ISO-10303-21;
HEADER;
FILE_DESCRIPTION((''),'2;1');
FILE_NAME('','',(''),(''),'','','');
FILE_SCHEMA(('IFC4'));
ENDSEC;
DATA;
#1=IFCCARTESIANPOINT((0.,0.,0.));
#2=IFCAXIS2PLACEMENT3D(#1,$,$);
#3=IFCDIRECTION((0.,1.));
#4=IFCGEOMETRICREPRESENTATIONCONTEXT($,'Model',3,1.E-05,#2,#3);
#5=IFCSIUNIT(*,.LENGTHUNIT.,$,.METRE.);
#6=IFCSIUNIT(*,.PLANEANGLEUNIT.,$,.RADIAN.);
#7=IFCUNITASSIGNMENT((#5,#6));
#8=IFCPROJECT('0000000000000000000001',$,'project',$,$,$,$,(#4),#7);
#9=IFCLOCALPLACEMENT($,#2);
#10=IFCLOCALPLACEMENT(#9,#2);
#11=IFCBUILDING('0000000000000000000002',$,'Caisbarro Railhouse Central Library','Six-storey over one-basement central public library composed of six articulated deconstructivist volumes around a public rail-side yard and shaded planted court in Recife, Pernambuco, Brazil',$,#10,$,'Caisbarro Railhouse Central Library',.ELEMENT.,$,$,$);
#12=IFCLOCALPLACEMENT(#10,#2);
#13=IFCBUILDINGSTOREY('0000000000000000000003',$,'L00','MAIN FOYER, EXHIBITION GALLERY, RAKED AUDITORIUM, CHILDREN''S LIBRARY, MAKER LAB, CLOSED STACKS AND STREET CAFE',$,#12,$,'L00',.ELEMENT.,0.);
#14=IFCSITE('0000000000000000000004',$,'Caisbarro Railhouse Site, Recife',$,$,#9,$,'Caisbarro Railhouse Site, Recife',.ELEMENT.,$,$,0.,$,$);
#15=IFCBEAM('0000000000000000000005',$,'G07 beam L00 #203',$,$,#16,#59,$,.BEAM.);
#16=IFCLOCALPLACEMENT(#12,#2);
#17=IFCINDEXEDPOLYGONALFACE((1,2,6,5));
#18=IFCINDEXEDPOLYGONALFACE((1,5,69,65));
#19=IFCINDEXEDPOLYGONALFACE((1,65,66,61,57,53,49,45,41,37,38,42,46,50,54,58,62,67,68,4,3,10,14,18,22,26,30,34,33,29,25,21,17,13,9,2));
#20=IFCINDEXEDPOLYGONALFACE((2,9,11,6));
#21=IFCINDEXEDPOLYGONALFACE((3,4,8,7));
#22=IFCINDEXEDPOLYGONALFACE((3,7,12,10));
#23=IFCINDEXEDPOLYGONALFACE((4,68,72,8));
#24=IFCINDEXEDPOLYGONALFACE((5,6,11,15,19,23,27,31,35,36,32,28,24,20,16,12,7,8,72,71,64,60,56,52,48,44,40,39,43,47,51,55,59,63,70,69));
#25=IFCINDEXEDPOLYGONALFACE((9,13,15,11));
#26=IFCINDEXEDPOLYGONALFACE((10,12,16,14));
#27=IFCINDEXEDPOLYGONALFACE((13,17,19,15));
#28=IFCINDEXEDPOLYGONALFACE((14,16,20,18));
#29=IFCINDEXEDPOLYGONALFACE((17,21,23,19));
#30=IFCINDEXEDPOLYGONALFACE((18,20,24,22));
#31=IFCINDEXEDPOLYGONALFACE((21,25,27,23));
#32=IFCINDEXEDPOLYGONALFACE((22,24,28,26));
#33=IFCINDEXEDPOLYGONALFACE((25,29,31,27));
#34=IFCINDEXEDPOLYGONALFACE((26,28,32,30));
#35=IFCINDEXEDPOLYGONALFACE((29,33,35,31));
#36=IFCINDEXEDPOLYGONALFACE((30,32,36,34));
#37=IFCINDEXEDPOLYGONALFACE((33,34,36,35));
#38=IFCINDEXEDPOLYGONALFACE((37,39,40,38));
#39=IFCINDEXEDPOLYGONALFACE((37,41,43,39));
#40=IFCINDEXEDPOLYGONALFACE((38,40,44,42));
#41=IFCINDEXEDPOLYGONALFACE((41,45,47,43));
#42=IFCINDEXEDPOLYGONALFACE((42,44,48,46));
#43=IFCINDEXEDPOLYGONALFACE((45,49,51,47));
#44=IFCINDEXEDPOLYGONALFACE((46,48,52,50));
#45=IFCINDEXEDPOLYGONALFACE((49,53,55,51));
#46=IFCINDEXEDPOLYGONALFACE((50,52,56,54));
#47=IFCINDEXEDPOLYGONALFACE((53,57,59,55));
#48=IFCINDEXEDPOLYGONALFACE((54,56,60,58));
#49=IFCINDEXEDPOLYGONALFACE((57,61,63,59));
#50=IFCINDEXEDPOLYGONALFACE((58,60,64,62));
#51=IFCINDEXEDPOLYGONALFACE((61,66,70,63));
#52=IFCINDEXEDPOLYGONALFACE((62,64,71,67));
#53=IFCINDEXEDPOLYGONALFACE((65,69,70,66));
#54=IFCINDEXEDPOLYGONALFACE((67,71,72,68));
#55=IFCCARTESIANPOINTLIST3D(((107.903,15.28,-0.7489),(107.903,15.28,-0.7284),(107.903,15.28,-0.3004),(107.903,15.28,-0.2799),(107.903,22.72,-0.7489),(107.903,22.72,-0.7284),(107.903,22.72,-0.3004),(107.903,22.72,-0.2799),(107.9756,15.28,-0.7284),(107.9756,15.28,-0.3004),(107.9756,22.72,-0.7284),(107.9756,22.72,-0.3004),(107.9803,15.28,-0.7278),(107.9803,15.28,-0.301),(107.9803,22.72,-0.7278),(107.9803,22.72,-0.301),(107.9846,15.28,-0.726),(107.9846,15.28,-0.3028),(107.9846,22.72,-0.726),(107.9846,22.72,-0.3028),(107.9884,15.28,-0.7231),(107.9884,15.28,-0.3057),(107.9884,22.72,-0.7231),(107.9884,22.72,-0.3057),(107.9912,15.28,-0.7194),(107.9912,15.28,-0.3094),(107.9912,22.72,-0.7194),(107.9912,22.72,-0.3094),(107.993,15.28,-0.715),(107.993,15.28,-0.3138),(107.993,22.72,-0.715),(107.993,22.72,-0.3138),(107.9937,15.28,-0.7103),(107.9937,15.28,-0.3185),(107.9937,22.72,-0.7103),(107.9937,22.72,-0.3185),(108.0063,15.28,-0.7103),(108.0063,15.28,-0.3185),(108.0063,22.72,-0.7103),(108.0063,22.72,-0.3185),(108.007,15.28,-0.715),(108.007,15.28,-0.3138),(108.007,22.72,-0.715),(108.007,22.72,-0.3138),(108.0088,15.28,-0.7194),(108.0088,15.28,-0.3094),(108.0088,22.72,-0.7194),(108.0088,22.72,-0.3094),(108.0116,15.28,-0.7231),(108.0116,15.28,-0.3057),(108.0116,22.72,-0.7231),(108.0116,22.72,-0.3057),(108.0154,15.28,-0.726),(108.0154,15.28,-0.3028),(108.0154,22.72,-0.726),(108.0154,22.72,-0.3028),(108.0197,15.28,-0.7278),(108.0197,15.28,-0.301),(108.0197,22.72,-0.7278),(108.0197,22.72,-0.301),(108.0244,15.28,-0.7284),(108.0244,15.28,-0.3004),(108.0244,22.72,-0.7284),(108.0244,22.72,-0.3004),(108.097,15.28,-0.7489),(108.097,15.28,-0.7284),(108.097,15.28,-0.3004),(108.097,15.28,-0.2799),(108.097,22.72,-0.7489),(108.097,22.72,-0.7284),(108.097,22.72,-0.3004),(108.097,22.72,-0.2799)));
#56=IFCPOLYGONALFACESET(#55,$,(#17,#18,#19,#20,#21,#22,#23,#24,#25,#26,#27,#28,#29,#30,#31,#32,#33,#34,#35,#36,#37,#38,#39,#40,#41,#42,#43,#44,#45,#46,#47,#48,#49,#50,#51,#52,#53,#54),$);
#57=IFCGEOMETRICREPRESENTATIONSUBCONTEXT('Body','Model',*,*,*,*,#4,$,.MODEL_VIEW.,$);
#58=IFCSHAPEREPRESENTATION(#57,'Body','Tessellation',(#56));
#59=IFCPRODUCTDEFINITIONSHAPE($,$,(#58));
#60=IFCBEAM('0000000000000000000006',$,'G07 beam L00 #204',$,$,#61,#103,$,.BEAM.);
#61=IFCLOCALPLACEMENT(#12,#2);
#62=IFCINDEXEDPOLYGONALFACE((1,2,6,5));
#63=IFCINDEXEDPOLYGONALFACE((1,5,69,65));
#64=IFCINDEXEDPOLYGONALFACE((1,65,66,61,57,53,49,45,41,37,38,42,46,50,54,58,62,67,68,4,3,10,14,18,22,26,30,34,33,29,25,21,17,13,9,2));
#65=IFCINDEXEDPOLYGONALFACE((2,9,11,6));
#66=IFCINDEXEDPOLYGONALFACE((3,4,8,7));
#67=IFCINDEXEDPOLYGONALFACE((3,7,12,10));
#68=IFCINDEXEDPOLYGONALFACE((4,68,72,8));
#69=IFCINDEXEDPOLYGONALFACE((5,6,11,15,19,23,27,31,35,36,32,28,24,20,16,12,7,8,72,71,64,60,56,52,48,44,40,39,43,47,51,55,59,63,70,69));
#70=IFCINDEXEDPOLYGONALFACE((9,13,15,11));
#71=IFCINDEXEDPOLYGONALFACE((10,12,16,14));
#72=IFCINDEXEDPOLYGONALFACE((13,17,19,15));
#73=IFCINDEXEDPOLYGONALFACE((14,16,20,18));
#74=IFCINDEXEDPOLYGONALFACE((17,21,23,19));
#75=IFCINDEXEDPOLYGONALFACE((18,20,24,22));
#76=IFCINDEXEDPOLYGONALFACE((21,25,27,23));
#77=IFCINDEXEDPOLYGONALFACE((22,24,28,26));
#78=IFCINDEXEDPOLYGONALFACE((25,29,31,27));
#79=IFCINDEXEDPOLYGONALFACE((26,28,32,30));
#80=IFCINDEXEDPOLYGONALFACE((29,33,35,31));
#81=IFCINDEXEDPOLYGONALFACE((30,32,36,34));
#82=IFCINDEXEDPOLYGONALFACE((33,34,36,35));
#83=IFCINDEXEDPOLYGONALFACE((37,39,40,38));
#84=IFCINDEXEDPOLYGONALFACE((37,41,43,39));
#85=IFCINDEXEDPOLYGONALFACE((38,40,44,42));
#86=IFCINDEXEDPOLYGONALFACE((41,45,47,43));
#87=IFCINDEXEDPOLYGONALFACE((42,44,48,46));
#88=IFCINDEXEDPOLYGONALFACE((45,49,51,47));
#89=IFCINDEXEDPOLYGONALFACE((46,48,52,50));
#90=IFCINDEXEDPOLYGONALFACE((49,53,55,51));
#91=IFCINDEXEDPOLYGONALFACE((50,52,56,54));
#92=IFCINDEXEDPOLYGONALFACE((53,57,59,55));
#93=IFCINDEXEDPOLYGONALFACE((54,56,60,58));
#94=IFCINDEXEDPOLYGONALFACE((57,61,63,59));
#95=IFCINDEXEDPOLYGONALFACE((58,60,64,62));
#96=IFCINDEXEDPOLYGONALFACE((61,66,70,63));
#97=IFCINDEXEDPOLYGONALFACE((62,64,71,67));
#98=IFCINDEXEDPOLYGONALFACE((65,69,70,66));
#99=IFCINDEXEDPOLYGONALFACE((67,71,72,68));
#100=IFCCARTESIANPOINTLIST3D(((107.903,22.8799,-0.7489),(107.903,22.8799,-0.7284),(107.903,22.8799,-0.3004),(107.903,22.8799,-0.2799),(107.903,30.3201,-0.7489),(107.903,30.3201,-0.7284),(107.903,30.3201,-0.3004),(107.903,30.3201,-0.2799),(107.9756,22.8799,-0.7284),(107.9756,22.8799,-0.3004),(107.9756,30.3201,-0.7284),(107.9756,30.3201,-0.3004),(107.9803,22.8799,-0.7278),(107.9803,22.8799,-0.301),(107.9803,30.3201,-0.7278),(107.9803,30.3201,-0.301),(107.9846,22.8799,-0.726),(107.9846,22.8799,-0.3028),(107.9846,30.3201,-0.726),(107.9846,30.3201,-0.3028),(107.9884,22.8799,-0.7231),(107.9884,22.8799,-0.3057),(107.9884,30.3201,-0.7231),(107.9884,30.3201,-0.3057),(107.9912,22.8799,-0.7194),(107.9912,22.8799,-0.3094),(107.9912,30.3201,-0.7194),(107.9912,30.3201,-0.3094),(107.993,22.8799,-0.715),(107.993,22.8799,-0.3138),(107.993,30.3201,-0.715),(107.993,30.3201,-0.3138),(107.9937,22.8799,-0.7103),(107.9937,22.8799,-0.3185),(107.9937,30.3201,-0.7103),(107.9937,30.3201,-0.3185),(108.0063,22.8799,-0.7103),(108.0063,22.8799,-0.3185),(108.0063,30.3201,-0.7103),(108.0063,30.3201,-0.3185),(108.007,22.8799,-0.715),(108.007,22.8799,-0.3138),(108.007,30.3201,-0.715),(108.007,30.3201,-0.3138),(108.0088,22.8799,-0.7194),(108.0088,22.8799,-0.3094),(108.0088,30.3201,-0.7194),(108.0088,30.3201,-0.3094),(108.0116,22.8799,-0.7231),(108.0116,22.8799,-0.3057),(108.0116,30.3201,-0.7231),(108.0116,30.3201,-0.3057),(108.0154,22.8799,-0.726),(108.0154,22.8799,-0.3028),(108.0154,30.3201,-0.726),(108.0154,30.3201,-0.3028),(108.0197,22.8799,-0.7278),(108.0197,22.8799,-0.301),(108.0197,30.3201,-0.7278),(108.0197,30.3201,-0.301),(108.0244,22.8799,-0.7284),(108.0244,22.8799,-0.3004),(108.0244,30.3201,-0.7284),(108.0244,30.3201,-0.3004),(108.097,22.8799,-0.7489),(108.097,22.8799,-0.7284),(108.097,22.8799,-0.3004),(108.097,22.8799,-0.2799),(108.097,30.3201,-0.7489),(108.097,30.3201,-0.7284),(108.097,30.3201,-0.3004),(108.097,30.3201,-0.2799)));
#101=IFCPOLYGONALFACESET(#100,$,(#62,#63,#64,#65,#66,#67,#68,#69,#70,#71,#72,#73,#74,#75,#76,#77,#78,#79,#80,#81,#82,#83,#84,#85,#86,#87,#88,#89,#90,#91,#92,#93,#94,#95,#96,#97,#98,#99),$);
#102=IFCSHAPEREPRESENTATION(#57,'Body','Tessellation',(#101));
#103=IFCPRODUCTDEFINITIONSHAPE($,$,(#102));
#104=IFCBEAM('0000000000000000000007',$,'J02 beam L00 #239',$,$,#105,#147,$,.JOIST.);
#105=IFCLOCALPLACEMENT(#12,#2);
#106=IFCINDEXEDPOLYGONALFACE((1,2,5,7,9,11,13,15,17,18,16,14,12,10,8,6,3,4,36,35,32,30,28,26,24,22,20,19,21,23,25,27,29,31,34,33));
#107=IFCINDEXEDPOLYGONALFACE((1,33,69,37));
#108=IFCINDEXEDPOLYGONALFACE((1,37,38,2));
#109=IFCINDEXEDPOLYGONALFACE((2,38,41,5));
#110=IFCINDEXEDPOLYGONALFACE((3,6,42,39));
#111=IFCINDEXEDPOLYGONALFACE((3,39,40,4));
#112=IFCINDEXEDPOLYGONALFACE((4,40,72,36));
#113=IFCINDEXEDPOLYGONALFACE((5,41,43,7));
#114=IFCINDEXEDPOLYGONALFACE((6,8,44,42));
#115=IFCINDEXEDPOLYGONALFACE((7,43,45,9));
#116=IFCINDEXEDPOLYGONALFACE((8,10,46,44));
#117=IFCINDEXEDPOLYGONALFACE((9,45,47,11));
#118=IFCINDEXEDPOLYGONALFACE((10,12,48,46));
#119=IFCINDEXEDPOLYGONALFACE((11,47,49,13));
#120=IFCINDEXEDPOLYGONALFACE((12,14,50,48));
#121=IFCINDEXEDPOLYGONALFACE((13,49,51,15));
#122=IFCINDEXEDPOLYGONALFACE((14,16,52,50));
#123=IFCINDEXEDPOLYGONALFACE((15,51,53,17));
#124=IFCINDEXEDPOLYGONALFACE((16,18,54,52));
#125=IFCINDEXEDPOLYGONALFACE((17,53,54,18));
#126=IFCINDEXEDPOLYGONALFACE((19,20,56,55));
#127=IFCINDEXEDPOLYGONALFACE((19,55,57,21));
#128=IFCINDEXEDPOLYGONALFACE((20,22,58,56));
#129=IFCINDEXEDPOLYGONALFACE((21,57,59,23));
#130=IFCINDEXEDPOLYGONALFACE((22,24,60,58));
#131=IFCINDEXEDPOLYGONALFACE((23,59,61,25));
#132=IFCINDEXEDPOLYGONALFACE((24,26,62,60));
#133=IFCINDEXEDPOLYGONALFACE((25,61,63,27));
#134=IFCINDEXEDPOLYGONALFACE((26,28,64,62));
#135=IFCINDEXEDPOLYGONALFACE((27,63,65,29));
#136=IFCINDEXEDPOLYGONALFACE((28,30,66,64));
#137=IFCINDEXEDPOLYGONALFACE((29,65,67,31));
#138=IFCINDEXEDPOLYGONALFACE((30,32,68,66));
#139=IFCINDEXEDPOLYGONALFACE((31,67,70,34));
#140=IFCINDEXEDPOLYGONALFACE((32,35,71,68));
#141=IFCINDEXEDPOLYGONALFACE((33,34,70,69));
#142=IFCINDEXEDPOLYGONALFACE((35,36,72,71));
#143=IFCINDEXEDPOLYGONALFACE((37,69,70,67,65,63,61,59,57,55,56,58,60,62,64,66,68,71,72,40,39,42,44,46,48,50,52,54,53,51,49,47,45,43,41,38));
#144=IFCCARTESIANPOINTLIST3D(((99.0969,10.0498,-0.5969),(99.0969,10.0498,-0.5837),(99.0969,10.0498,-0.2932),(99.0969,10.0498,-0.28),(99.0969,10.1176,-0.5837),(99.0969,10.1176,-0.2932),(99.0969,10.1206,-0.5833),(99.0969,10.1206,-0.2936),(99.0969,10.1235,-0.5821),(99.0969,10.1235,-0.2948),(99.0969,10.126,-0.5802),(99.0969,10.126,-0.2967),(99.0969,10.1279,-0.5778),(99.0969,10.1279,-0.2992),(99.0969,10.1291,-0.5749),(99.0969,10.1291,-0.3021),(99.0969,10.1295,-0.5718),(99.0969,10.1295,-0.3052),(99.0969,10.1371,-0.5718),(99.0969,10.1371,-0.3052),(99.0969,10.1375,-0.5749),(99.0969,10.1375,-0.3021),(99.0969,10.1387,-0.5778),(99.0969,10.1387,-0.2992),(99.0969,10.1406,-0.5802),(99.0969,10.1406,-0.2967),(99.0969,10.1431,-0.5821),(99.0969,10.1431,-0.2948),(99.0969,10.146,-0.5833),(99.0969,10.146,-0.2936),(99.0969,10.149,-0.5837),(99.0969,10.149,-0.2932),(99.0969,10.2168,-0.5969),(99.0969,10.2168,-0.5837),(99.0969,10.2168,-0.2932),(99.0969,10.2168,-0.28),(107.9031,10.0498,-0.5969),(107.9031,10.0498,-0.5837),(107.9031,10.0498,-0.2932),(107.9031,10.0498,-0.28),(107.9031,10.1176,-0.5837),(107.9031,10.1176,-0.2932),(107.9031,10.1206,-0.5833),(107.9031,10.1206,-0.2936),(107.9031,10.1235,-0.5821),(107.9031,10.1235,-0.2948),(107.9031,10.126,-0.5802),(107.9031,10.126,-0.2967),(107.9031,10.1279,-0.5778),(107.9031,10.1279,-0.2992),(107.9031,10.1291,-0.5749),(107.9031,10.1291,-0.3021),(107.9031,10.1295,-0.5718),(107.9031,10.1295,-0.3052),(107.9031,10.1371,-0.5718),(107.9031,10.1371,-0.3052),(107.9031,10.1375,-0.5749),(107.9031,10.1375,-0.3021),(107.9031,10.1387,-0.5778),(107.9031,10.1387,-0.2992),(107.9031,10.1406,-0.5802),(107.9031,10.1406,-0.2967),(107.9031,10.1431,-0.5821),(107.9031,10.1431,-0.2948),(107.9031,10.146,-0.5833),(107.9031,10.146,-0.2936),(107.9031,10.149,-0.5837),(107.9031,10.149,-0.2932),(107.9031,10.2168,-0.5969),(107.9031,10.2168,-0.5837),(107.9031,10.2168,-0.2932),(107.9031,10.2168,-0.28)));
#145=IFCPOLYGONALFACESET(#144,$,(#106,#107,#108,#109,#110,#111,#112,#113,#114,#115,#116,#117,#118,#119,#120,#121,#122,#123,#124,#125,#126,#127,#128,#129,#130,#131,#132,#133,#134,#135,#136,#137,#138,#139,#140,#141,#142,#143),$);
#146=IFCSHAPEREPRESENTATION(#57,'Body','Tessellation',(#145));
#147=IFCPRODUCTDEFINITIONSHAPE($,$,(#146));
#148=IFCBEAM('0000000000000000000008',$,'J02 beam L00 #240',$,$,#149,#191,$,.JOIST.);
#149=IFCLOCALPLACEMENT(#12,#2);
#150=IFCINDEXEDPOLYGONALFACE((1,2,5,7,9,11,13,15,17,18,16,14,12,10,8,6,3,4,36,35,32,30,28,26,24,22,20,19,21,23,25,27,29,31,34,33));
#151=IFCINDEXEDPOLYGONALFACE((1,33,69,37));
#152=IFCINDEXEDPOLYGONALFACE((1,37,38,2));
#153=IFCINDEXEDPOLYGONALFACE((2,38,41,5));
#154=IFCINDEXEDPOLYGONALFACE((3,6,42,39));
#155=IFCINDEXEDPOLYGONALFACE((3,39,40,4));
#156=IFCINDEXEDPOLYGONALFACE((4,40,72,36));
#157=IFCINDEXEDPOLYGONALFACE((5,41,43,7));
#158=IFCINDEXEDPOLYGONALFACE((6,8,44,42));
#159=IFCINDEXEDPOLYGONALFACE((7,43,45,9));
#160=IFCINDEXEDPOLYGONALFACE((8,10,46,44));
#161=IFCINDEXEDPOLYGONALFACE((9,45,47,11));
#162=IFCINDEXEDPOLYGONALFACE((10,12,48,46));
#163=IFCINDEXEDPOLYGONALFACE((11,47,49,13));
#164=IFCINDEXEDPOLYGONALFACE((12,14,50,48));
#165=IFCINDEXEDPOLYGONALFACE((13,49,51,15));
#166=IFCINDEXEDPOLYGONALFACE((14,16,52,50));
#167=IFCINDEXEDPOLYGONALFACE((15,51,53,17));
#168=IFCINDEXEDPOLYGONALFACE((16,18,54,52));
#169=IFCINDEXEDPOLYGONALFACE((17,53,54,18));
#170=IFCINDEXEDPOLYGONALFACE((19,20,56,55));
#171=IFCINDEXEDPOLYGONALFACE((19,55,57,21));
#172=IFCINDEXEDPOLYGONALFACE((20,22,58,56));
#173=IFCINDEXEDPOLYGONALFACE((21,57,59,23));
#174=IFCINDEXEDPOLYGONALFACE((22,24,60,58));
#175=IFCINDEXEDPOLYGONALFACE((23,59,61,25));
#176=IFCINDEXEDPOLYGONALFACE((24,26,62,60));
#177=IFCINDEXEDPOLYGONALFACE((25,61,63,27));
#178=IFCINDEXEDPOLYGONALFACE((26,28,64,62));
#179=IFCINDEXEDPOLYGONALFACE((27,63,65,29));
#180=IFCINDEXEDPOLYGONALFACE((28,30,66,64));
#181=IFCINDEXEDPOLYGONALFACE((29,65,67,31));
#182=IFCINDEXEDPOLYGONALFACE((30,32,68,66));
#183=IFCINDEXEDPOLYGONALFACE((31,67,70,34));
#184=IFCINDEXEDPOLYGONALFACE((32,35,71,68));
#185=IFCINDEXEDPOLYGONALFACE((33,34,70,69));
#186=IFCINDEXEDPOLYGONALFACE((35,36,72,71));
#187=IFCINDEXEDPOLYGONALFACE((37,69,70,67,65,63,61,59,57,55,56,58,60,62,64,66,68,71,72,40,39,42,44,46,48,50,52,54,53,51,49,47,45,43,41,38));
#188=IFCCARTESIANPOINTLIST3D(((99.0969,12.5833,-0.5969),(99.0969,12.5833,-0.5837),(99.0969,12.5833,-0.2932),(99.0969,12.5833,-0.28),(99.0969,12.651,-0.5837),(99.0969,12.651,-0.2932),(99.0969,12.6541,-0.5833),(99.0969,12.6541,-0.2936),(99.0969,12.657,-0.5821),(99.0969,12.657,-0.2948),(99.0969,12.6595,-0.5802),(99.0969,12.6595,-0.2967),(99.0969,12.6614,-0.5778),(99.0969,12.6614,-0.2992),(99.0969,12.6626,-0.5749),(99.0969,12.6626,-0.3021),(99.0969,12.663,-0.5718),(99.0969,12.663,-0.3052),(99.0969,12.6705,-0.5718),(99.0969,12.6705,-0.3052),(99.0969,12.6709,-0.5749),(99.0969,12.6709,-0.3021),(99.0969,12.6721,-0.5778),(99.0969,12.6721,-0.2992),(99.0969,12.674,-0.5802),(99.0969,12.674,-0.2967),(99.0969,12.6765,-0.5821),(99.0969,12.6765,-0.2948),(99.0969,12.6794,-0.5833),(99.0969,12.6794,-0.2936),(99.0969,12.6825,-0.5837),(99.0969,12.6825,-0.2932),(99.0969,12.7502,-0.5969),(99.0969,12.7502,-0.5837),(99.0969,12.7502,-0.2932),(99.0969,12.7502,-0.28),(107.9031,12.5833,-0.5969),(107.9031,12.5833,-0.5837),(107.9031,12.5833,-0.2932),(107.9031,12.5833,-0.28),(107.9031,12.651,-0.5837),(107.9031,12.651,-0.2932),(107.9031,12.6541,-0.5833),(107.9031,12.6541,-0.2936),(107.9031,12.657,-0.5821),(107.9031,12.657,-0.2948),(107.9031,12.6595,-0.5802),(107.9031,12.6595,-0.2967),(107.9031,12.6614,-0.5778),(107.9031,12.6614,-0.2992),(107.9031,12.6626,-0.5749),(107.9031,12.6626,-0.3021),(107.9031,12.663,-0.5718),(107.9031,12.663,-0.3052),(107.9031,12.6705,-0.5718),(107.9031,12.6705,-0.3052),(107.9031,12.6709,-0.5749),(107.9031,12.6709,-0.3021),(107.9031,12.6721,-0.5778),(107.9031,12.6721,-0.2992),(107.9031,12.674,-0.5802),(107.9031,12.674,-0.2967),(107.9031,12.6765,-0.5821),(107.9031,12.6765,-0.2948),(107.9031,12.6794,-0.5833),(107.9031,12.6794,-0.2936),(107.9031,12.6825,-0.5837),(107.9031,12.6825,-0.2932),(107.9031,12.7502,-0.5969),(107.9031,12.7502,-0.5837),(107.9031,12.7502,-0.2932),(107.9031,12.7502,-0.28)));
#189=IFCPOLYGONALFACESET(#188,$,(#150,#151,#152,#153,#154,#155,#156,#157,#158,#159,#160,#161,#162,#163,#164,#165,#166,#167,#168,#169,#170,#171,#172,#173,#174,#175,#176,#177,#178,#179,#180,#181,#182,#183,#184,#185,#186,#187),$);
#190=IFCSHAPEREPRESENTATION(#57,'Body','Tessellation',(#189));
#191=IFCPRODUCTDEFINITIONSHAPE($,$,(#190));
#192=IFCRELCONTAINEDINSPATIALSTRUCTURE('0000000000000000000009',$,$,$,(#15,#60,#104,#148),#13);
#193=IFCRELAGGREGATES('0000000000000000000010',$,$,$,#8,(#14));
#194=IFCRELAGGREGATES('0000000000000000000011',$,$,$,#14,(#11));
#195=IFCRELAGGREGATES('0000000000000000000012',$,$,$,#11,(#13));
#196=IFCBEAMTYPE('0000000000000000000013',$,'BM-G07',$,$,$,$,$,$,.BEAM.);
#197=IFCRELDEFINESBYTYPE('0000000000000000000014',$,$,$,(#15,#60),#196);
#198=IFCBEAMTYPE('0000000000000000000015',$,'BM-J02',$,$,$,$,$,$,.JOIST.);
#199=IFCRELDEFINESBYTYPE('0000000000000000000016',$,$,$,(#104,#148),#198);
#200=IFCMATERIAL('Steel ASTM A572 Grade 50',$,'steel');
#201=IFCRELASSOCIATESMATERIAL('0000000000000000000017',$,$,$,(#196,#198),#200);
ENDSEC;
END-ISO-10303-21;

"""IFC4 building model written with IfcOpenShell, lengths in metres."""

from ifc_helpers import new_model, si_unit, direction, frame, origin, origin_2d, place, context, subcontext, project, spatial, i_section, extrude, material, material_profile, profile_set, type_object, element, save


model = new_model("IFC4")

# Units and contexts
model_context = context("Model", 3, precision=1e-05, world=origin(), true_north=direction((0.0, 1.0)))
body_context = subcontext(model_context, "Body", "Model", "MODEL_VIEW")
ifc_project = project(units=[si_unit("LENGTHUNIT", "METRE"), si_unit("PLANEANGLEUNIT", "RADIAN")], contexts=[model_context])

# Site, building, storey
site_placement = place(None, origin())
site = spatial("IfcSite", under=ifc_project, at=site_placement, Name="Caisbarro Railhouse Site, Recife", LongName="Caisbarro Railhouse Site, Recife", CompositionType="ELEMENT", RefElevation=0.0)
building_placement = place(site_placement, origin())
building = spatial("IfcBuilding", under=site, at=building_placement, Name="Caisbarro Railhouse Central Library", Description="Six-storey over one-basement central public library composed of six articulated deconstructivist volumes around a public rail-side yard and shaded planted court in Recife, Pernambuco, Brazil", LongName="Caisbarro Railhouse Central Library", CompositionType="ELEMENT")
storey_placement = place(building_placement, origin())
storey = spatial("IfcBuildingStorey", under=building, at=storey_placement, Name="L00", Description="MAIN FOYER, EXHIBITION GALLERY, RAKED AUDITORIUM, CHILDREN'S LIBRARY, MAKER LAB, CLOSED STACKS AND STREET CAFE", LongName="L00", CompositionType="ELEMENT", Elevation=0.0)

# Shared definitions
ifc_material_1 = material(Name="Steel ASTM A572 Grade 50", Category="steel")

# Beams
ifc_material_profile_1 = material_profile(ifc_material_1, i_section(OverallWidth=0.1941, OverallDepth=0.469, WebThickness=0.0127, FlangeThickness=0.0205, FilletRadius=0.0181, at=origin_2d()), Name="W460X106.0")
ifc_profile_set_1 = profile_set([ifc_material_profile_1], Name="Steel ASTM A572 Grade 50")
beam_type_1 = type_object("IfcBeamType", Name="BM-G07", PredefinedType="BEAM", material=ifc_profile_set_1)
beam_1_placement = place(storey_placement, frame((108.0, 15.28, -0.5144), z_axis=(0.0, 1.0, 0.0), x_axis=(-1.0, 0.0, 0.0)))
element("IfcBeam", 1, at=beam_1_placement, inside=storey, type_object=beam_type_1, Name="G07 beam L00 #203", PredefinedType="BEAM", context=body_context, shape_type="SweptSolid", body=[
    extrude(i_section(OverallWidth=0.1941, OverallDepth=0.469, WebThickness=0.0127, FlangeThickness=0.0205, FilletRadius=0.0181, at=origin_2d()), origin(), (0.0, 0.0, 1.0), 7.4399),
])
beam_2_placement = place(storey_placement, frame((108.0, 22.8799, -0.5144), z_axis=(0.0, 1.0, 0.0), x_axis=(-1.0, 0.0, 0.0)))
element("IfcBeam", 2, at=beam_2_placement, inside=storey, type_object=beam_type_1, Name="G07 beam L00 #204", PredefinedType="BEAM", context=body_context, shape_type="SweptSolid", body=[
    extrude(i_section(OverallWidth=0.1941, OverallDepth=0.469, WebThickness=0.0127, FlangeThickness=0.0205, FilletRadius=0.0181, at=origin_2d()), origin(), (0.0, 0.0, 1.0), 7.4402),
])
ifc_material_profile_2 = material_profile(ifc_material_1, i_section(OverallWidth=0.167, OverallDepth=0.3169, WebThickness=0.0076, FlangeThickness=0.0132, FilletRadius=0.012, at=origin_2d()), Name="W310X52.0")
ifc_profile_set_2 = profile_set([ifc_material_profile_2], Name="Steel ASTM A572 Grade 50")
beam_type_2 = type_object("IfcBeamType", Name="BM-J02", PredefinedType="JOIST", material=ifc_profile_set_2)
for number, where, z_axis, x_axis, name in (
    (3, (99.0969, 10.1333, -0.4385), (1.0, 0.0, 0.0), (0.0, 1.0, 0.0), "J02 beam L00 #239"),
    (4, (99.0969, 12.6667, -0.4385), (1.0, 0.0, 0.0), (0.0, 1.0, 0.0), "J02 beam L00 #240"),
):
    element("IfcBeam", number, at=place(storey_placement, frame(where, z_axis=z_axis, x_axis=x_axis)), inside=storey, type_object=beam_type_2, Name=name, PredefinedType="JOIST", context=body_context, shape_type="SweptSolid", body=[
        extrude(i_section(OverallWidth=0.167, OverallDepth=0.3169, WebThickness=0.0076, FlangeThickness=0.0132, FilletRadius=0.012, at=origin_2d()), origin(), (0.0, 0.0, 1.0), 8.8062),
    ])

save(model, "model.ifc")
